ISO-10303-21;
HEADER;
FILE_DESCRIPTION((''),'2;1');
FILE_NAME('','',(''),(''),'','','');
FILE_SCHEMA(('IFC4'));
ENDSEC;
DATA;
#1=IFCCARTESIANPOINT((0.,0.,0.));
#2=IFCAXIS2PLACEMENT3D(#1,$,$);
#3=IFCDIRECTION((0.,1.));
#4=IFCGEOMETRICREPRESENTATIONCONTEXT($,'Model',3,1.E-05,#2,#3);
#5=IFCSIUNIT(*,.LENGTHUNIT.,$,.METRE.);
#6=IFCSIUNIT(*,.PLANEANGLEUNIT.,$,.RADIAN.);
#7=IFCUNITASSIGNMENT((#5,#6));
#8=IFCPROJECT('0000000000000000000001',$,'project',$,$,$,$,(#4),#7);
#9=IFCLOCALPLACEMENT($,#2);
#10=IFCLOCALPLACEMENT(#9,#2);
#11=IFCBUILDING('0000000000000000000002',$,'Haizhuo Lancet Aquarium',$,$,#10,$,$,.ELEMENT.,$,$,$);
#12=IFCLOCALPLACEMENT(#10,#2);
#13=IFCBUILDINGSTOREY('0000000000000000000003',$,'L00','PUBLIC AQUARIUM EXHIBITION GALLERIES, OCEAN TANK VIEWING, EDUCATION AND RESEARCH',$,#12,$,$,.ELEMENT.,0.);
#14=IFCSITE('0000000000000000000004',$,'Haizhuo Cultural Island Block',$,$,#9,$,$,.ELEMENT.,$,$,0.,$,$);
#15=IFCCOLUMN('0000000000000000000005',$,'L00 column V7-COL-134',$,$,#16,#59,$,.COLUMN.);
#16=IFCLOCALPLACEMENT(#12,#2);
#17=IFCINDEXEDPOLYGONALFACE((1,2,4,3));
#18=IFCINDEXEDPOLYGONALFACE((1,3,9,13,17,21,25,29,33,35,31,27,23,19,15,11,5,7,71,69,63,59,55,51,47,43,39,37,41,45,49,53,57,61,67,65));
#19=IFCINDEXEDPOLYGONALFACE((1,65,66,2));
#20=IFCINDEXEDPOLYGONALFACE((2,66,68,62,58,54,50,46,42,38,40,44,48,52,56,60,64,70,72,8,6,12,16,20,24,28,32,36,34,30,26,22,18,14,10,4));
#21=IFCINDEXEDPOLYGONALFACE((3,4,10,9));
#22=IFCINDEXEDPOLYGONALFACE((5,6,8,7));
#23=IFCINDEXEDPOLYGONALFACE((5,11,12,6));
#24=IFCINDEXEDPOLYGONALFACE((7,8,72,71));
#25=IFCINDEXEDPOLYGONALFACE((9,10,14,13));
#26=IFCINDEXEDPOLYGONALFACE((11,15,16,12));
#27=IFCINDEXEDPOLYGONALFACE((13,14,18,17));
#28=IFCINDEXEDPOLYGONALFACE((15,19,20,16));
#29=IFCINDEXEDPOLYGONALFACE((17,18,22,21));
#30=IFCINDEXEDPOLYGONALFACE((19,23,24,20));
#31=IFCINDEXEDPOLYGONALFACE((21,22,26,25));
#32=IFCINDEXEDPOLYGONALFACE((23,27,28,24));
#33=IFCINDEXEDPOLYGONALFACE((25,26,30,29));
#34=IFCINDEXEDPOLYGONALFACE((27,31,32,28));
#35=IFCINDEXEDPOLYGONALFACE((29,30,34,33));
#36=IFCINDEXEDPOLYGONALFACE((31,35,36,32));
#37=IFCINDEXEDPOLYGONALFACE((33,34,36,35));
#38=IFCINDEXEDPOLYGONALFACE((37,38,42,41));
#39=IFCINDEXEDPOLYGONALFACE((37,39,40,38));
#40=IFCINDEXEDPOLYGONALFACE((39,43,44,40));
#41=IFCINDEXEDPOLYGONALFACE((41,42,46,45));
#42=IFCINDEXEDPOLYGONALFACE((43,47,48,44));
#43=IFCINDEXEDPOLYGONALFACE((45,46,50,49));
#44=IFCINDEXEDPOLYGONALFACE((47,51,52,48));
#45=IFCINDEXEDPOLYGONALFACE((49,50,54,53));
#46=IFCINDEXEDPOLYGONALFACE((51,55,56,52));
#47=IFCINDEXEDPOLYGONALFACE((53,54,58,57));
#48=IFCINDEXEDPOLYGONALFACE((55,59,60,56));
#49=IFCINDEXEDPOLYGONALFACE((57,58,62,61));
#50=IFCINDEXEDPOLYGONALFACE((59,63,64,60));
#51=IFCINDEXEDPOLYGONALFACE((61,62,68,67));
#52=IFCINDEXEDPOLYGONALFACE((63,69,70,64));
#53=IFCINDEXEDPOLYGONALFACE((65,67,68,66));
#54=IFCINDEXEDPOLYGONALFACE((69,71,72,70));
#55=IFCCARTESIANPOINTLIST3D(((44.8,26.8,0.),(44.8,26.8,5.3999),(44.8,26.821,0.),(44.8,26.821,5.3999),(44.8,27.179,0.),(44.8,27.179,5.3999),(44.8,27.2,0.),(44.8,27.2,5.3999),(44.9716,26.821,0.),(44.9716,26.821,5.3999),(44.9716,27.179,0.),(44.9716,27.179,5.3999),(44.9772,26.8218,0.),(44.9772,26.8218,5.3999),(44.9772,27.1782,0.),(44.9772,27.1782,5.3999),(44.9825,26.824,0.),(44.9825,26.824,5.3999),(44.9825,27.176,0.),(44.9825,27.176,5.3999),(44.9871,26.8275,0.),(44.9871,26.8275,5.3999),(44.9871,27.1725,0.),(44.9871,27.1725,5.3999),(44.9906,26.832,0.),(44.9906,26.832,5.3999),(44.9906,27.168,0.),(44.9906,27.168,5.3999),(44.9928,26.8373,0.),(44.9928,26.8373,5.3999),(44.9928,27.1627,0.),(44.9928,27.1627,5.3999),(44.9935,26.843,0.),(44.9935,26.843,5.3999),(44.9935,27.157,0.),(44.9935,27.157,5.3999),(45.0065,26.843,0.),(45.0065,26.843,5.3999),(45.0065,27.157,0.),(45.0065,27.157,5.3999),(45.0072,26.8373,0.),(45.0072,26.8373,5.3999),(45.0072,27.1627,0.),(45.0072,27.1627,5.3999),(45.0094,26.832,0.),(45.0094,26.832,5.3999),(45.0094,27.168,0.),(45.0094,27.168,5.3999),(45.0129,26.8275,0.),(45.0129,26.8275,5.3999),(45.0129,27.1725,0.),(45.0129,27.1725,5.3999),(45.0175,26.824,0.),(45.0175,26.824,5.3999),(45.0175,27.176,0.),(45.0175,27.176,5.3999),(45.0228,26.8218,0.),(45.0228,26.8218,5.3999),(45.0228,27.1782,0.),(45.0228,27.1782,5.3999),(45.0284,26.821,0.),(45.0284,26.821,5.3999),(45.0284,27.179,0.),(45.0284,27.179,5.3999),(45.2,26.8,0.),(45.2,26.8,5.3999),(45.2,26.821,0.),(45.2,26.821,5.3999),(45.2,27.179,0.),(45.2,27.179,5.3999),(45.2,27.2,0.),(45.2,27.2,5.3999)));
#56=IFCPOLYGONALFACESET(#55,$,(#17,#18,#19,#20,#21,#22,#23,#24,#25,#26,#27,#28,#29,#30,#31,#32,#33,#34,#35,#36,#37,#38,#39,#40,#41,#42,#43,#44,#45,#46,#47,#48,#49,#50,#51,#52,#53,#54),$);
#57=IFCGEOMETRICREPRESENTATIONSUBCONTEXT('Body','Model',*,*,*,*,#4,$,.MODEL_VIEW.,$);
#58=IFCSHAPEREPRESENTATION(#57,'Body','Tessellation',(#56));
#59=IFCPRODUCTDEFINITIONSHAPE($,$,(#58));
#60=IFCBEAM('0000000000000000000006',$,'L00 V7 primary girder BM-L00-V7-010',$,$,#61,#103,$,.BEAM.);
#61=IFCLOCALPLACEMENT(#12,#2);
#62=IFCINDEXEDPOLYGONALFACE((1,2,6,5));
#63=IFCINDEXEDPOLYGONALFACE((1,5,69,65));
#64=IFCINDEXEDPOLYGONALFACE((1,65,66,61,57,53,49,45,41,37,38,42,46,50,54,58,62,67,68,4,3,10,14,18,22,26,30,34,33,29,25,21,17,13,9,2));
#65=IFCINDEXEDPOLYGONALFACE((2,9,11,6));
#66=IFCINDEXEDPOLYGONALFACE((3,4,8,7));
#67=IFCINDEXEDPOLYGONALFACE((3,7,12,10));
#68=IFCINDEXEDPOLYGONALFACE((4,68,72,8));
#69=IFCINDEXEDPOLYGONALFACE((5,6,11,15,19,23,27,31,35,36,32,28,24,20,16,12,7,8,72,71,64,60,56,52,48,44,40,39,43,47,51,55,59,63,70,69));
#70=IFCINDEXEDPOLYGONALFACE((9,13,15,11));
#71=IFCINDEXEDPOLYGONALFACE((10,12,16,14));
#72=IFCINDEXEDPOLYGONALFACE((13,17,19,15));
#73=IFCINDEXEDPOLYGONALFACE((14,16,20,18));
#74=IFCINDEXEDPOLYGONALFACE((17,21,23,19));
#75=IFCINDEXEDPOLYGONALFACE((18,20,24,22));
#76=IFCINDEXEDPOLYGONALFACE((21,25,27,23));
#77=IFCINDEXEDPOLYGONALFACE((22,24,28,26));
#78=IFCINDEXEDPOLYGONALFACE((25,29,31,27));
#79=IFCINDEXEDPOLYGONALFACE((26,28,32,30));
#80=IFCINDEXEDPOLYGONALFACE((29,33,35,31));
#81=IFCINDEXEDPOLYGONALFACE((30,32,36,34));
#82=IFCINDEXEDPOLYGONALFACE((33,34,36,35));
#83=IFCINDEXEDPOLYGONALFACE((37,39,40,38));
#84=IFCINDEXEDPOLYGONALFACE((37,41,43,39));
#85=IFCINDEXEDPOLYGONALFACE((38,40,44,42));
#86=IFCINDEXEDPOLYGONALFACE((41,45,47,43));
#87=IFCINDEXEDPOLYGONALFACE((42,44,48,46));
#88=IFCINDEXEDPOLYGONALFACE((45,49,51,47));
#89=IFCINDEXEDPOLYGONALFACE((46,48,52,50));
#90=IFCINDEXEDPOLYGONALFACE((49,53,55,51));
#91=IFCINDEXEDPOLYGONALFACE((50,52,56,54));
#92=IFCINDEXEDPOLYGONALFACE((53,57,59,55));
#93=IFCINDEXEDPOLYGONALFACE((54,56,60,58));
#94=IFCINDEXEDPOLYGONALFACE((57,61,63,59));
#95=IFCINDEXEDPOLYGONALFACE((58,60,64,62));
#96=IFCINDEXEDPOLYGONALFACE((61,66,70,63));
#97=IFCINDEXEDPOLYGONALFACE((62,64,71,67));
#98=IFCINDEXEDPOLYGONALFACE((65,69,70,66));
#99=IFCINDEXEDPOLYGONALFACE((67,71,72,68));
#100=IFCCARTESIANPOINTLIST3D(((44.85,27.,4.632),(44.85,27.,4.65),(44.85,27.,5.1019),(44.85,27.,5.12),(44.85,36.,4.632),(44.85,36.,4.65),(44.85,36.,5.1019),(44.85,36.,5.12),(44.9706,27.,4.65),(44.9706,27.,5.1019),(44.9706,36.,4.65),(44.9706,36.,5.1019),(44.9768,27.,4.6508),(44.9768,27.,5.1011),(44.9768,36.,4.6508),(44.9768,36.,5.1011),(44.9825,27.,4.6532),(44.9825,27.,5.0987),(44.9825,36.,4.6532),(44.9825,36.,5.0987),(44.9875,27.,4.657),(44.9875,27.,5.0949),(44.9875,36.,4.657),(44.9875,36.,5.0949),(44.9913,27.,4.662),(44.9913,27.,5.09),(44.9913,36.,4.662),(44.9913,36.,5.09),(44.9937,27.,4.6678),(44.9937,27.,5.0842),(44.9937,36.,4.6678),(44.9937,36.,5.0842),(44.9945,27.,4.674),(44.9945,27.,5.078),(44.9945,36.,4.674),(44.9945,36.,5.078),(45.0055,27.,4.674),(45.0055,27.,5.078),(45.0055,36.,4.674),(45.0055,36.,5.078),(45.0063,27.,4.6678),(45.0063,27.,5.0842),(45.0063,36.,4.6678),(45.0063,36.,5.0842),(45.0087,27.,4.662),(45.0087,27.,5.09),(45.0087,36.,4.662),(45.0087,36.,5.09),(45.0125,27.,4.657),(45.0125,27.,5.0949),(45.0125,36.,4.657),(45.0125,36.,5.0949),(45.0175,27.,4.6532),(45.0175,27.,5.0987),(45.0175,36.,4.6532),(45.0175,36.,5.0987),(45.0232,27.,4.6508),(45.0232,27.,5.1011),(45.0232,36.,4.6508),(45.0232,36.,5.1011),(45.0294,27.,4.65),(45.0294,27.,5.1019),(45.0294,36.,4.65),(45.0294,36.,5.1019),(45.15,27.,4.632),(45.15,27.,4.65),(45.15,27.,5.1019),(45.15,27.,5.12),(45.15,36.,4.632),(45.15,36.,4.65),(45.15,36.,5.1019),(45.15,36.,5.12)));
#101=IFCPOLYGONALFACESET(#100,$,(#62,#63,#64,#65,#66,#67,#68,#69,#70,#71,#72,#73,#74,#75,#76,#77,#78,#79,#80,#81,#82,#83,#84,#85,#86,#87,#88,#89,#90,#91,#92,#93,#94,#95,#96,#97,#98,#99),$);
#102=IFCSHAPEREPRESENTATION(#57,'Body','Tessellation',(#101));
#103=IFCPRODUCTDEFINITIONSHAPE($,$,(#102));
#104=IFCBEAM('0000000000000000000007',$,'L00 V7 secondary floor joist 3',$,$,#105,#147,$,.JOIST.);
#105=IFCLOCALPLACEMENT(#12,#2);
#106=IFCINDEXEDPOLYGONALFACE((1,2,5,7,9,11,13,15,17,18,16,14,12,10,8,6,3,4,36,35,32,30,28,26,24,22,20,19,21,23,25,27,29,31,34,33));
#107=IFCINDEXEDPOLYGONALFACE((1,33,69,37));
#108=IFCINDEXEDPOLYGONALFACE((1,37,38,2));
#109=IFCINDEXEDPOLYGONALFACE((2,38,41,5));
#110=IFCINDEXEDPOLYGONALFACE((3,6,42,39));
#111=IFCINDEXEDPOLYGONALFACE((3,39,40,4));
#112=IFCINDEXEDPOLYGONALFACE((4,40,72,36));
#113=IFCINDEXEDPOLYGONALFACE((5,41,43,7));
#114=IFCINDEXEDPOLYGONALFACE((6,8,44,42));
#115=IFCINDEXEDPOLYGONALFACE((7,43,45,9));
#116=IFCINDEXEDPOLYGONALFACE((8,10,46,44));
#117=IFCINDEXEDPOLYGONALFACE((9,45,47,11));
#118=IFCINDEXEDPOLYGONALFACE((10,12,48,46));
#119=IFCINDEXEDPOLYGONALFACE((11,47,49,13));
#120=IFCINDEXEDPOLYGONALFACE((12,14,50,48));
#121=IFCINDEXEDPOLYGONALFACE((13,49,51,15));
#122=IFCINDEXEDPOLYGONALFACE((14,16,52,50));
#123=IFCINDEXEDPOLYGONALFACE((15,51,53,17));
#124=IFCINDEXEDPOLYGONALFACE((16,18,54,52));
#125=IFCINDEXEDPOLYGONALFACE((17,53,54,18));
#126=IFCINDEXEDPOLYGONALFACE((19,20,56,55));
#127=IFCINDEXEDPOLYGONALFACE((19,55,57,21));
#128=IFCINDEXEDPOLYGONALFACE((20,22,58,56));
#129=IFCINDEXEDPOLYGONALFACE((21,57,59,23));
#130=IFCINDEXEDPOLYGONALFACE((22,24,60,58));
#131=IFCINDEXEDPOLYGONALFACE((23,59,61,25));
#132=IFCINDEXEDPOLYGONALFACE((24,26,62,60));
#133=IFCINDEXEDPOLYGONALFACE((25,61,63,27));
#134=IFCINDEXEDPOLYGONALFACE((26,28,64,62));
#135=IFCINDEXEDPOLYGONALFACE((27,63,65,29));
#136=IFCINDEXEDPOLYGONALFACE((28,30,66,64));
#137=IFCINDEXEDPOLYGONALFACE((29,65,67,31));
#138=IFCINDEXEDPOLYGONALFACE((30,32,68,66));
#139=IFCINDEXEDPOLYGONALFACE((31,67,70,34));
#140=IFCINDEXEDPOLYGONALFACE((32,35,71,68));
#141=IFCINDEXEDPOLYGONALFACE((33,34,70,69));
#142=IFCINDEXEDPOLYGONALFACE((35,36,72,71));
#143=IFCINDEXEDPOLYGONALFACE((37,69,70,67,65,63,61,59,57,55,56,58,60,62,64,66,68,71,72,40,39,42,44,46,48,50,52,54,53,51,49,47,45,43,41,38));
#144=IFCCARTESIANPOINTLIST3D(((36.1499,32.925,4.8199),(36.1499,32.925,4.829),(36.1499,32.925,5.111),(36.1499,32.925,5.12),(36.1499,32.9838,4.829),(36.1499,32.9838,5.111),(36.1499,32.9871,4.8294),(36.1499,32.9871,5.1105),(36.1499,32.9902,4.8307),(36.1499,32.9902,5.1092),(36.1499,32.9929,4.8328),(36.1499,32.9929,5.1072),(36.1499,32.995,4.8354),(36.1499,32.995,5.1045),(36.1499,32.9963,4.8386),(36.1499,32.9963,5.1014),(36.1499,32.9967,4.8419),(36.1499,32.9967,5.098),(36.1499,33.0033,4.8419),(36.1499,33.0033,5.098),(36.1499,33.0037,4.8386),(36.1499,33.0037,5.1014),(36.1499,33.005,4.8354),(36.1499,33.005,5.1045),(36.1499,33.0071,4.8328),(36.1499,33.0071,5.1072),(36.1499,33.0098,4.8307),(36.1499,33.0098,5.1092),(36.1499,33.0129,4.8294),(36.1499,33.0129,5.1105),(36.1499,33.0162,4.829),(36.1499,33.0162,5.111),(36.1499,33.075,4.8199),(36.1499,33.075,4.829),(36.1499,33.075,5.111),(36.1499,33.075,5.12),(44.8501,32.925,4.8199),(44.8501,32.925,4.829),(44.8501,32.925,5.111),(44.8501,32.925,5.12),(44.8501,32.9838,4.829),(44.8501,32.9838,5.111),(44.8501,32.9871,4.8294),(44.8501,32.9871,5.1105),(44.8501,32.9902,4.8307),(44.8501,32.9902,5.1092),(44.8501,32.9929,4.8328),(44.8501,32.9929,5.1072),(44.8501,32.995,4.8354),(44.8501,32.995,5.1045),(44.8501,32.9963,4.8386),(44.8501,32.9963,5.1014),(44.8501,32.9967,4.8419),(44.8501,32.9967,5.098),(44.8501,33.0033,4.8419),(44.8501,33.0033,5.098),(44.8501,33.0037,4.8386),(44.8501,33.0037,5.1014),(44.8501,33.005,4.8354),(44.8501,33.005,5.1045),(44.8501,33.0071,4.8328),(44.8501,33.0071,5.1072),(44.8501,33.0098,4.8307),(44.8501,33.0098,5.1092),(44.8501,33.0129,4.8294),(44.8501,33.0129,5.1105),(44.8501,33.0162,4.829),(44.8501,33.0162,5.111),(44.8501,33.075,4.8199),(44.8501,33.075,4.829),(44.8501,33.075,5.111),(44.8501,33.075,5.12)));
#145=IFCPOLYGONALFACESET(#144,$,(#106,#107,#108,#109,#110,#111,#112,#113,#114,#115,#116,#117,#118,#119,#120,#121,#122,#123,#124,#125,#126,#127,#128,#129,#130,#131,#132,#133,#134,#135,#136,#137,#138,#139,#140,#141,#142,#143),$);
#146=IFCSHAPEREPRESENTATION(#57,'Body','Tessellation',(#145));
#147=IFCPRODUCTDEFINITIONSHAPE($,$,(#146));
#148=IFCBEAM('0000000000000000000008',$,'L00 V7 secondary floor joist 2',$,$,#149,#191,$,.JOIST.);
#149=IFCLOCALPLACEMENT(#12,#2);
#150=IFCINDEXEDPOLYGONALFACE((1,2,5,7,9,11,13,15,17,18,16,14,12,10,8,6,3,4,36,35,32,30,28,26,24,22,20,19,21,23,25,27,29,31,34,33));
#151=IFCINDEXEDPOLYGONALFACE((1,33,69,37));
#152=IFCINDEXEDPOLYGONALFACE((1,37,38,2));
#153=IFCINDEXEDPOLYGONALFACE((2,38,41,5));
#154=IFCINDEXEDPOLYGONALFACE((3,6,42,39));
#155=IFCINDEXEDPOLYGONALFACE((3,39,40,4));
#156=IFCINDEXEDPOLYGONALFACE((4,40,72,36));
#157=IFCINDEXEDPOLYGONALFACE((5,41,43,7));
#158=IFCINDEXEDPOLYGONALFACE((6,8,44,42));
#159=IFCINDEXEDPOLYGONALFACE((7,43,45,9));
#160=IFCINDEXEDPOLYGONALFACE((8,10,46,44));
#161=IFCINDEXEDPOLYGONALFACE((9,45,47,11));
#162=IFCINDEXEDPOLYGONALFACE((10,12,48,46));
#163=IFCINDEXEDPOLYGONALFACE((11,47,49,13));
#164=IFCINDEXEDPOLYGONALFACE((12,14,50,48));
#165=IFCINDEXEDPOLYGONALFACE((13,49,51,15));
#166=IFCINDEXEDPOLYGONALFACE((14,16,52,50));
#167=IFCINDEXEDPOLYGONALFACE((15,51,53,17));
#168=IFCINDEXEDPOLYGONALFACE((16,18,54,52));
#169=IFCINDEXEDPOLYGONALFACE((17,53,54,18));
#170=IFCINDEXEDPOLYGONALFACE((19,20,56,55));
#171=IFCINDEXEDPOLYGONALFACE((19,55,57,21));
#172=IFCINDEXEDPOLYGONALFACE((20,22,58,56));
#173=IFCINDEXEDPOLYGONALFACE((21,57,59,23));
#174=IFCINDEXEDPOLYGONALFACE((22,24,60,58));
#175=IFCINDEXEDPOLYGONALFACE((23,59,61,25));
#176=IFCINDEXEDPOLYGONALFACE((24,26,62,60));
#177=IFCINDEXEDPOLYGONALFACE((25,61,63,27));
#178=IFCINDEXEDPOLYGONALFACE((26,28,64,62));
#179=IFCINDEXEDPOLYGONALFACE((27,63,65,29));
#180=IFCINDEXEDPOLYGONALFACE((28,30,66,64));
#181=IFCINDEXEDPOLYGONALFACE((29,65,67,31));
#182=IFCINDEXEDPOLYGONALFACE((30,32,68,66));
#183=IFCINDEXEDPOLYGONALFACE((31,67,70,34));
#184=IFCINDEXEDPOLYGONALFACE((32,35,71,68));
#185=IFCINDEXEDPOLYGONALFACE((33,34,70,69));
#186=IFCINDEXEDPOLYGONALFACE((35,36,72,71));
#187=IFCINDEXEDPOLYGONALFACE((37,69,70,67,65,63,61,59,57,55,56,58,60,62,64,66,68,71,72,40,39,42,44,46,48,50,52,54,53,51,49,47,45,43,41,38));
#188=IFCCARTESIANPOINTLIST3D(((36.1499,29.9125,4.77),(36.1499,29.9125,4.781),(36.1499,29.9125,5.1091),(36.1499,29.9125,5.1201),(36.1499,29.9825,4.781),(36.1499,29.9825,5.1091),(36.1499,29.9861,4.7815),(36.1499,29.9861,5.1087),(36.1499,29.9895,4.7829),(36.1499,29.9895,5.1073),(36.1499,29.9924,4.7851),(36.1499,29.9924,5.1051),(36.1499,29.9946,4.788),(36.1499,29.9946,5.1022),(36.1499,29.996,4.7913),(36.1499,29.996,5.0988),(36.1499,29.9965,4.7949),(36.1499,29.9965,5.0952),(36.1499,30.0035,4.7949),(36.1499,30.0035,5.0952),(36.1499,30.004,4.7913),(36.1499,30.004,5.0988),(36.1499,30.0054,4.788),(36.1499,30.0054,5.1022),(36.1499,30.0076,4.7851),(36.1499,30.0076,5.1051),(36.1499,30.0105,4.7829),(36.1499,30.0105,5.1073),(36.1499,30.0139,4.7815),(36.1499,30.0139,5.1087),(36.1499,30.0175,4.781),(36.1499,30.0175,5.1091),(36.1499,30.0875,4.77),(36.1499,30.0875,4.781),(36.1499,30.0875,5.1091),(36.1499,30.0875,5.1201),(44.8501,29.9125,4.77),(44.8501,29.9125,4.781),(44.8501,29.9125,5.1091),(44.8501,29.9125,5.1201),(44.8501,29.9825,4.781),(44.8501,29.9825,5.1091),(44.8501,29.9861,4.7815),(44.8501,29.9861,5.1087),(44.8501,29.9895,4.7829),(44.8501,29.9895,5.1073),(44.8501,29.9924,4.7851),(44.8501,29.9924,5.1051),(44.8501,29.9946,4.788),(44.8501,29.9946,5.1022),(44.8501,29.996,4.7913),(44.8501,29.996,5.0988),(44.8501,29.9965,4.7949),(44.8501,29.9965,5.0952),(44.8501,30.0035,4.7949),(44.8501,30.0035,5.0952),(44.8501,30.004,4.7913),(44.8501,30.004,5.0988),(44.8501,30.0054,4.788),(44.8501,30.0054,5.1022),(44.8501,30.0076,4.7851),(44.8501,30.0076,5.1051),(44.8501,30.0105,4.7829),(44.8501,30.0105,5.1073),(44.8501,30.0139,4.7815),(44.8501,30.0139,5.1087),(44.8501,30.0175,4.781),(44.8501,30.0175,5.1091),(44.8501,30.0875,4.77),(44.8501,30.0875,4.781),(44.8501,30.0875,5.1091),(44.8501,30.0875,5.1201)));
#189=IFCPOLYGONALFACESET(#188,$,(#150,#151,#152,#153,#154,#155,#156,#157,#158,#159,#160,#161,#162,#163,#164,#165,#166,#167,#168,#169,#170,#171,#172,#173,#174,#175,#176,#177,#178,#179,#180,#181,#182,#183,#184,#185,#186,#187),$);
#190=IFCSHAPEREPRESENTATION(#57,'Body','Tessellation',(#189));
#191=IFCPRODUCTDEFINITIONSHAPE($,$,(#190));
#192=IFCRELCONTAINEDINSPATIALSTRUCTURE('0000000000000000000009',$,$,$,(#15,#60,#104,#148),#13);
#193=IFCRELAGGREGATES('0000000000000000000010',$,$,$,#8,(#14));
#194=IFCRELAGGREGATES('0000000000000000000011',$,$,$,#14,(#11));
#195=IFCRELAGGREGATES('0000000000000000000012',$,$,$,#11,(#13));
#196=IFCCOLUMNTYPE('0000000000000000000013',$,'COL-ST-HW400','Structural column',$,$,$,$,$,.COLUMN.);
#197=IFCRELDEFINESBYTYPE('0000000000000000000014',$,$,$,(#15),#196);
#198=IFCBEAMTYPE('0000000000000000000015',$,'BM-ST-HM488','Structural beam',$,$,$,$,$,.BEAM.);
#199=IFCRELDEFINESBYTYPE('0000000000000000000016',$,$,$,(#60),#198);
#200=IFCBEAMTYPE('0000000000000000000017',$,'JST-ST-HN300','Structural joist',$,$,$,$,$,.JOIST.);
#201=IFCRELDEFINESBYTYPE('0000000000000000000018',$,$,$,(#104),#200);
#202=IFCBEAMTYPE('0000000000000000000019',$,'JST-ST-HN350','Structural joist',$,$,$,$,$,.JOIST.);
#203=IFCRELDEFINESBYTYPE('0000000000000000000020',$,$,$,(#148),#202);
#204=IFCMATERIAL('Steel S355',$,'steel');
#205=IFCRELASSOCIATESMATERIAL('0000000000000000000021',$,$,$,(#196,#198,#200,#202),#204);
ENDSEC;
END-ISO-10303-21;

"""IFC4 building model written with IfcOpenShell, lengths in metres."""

from ifc_helpers import new_model, si_unit, direction, frame, origin, origin_2d, place, context, subcontext, project, spatial, i_section, extrude, material, material_profile, profile_set, type_object, element, save


model = new_model("IFC4")

# Units and contexts
model_context = context("Model", 3, precision=1e-05, world=origin(), true_north=direction((0.0, 1.0)))
body_context = subcontext(model_context, "Body", "Model", "MODEL_VIEW")
ifc_project = project(units=[si_unit("LENGTHUNIT", "METRE"), si_unit("PLANEANGLEUNIT", "RADIAN")], contexts=[model_context])

# Site, building, storey
site_placement = place(None, origin())
site = spatial("IfcSite", under=ifc_project, at=site_placement, Name="Haizhuo Cultural Island Block", CompositionType="ELEMENT", RefElevation=0.0)
building_placement = place(site_placement, origin())
building = spatial("IfcBuilding", under=site, at=building_placement, Name="Haizhuo Lancet Aquarium", CompositionType="ELEMENT")
storey_placement = place(building_placement, origin())
storey = spatial("IfcBuildingStorey", under=building, at=storey_placement, Name="L00", Description="PUBLIC AQUARIUM EXHIBITION GALLERIES, OCEAN TANK VIEWING, EDUCATION AND RESEARCH", CompositionType="ELEMENT", Elevation=0.0)

# Column
ifc_material_1 = material(Name="Steel S355", Category="steel")
ifc_material_profile_1 = material_profile(ifc_material_1, i_section(OverallWidth=0.3999, OverallDepth=0.3999, WebThickness=0.0129, FlangeThickness=0.021, FilletRadius=0.022, at=origin_2d()), Name="HW 400x400x13x21")
ifc_profile_set_1 = profile_set([ifc_material_profile_1], Name="Steel S355")
column_type = type_object("IfcColumnType", Name="COL-ST-HW400", Description="Structural column", PredefinedType="COLUMN", material=ifc_profile_set_1)
column_placement = place(storey_placement, frame((45.0, 27.0, 0.0), z_axis=(0.0, 0.0, 1.0), x_axis=(1.0, 0.0, 0.0)))
element("IfcColumn", 1, at=column_placement, inside=storey, type_object=column_type, Name="L00 column V7-COL-134", PredefinedType="COLUMN", context=body_context, shape_type="SweptSolid", body=[
    extrude(i_section(OverallWidth=0.3999, OverallDepth=0.3999, WebThickness=0.0129, FlangeThickness=0.021, FilletRadius=0.022, at=origin_2d()), origin(), (0.0, 0.0, 1.0), 5.3999),
])

# Beams
ifc_material_profile_2 = material_profile(ifc_material_1, i_section(OverallWidth=0.3, OverallDepth=0.488, WebThickness=0.011, FlangeThickness=0.0181, FilletRadius=0.0239, at=origin_2d()), Name="HM 488x300x11x18")
ifc_profile_set_2 = profile_set([ifc_material_profile_2], Name="Steel S355")
beam_type_1 = type_object("IfcBeamType", Name="BM-ST-HM488", Description="Structural beam", PredefinedType="BEAM", material=ifc_profile_set_2)
beam_1_placement = place(storey_placement, frame((45.0, 27.0, 4.876), z_axis=(0.0, 1.0, 0.0), x_axis=(-1.0, 0.0, 0.0)))
element("IfcBeam", 2, at=beam_1_placement, inside=storey, type_object=beam_type_1, Name="L00 V7 primary girder BM-L00-V7-010", PredefinedType="BEAM", context=body_context, shape_type="SweptSolid", body=[
    extrude(i_section(OverallWidth=0.3, OverallDepth=0.488, WebThickness=0.011, FlangeThickness=0.0181, FilletRadius=0.0239, at=origin_2d()), origin(), (0.0, 0.0, 1.0), 9.0),
])
ifc_material_profile_3 = material_profile(ifc_material_1, i_section(OverallWidth=0.1499, OverallDepth=0.3, WebThickness=0.0066, FlangeThickness=0.009, FilletRadius=0.0129, at=origin_2d()), Name="HN 300x150x6.5x9")
ifc_profile_set_3 = profile_set([ifc_material_profile_3], Name="Steel S355")
beam_type_2 = type_object("IfcBeamType", Name="JST-ST-HN300", Description="Structural joist", PredefinedType="JOIST", material=ifc_profile_set_3)
beam_2_placement = place(storey_placement, frame((36.1499, 33.0, 4.97), z_axis=(1.0, 0.0, 0.0), x_axis=(0.0, 1.0, 0.0)))
element("IfcBeam", 3, at=beam_2_placement, inside=storey, type_object=beam_type_2, Name="L00 V7 secondary floor joist 3", PredefinedType="JOIST", context=body_context, shape_type="SweptSolid", body=[
    extrude(i_section(OverallWidth=0.1499, OverallDepth=0.3, WebThickness=0.0066, FlangeThickness=0.009, FilletRadius=0.0129, at=origin_2d()), origin(), (0.0, 0.0, 1.0), 8.7002),
])
ifc_material_profile_4 = material_profile(ifc_material_1, i_section(OverallWidth=0.175, OverallDepth=0.3501, WebThickness=0.0071, FlangeThickness=0.011, FilletRadius=0.0139, at=origin_2d()), Name="HN 350x175x7x11")
ifc_profile_set_4 = profile_set([ifc_material_profile_4], Name="Steel S355")
beam_type_3 = type_object("IfcBeamType", Name="JST-ST-HN350", Description="Structural joist", PredefinedType="JOIST", material=ifc_profile_set_4)
beam_3_placement = place(storey_placement, frame((36.1499, 30.0, 4.9451), z_axis=(1.0, 0.0, 0.0), x_axis=(0.0, 1.0, 0.0)))
element("IfcBeam", 4, at=beam_3_placement, inside=storey, type_object=beam_type_3, Name="L00 V7 secondary floor joist 2", PredefinedType="JOIST", context=body_context, shape_type="SweptSolid", body=[
    extrude(i_section(OverallWidth=0.175, OverallDepth=0.3501, WebThickness=0.0071, FlangeThickness=0.011, FilletRadius=0.0139, at=origin_2d()), origin(), (0.0, 0.0, 1.0), 8.7002),
])

save(model, "model.ifc")
